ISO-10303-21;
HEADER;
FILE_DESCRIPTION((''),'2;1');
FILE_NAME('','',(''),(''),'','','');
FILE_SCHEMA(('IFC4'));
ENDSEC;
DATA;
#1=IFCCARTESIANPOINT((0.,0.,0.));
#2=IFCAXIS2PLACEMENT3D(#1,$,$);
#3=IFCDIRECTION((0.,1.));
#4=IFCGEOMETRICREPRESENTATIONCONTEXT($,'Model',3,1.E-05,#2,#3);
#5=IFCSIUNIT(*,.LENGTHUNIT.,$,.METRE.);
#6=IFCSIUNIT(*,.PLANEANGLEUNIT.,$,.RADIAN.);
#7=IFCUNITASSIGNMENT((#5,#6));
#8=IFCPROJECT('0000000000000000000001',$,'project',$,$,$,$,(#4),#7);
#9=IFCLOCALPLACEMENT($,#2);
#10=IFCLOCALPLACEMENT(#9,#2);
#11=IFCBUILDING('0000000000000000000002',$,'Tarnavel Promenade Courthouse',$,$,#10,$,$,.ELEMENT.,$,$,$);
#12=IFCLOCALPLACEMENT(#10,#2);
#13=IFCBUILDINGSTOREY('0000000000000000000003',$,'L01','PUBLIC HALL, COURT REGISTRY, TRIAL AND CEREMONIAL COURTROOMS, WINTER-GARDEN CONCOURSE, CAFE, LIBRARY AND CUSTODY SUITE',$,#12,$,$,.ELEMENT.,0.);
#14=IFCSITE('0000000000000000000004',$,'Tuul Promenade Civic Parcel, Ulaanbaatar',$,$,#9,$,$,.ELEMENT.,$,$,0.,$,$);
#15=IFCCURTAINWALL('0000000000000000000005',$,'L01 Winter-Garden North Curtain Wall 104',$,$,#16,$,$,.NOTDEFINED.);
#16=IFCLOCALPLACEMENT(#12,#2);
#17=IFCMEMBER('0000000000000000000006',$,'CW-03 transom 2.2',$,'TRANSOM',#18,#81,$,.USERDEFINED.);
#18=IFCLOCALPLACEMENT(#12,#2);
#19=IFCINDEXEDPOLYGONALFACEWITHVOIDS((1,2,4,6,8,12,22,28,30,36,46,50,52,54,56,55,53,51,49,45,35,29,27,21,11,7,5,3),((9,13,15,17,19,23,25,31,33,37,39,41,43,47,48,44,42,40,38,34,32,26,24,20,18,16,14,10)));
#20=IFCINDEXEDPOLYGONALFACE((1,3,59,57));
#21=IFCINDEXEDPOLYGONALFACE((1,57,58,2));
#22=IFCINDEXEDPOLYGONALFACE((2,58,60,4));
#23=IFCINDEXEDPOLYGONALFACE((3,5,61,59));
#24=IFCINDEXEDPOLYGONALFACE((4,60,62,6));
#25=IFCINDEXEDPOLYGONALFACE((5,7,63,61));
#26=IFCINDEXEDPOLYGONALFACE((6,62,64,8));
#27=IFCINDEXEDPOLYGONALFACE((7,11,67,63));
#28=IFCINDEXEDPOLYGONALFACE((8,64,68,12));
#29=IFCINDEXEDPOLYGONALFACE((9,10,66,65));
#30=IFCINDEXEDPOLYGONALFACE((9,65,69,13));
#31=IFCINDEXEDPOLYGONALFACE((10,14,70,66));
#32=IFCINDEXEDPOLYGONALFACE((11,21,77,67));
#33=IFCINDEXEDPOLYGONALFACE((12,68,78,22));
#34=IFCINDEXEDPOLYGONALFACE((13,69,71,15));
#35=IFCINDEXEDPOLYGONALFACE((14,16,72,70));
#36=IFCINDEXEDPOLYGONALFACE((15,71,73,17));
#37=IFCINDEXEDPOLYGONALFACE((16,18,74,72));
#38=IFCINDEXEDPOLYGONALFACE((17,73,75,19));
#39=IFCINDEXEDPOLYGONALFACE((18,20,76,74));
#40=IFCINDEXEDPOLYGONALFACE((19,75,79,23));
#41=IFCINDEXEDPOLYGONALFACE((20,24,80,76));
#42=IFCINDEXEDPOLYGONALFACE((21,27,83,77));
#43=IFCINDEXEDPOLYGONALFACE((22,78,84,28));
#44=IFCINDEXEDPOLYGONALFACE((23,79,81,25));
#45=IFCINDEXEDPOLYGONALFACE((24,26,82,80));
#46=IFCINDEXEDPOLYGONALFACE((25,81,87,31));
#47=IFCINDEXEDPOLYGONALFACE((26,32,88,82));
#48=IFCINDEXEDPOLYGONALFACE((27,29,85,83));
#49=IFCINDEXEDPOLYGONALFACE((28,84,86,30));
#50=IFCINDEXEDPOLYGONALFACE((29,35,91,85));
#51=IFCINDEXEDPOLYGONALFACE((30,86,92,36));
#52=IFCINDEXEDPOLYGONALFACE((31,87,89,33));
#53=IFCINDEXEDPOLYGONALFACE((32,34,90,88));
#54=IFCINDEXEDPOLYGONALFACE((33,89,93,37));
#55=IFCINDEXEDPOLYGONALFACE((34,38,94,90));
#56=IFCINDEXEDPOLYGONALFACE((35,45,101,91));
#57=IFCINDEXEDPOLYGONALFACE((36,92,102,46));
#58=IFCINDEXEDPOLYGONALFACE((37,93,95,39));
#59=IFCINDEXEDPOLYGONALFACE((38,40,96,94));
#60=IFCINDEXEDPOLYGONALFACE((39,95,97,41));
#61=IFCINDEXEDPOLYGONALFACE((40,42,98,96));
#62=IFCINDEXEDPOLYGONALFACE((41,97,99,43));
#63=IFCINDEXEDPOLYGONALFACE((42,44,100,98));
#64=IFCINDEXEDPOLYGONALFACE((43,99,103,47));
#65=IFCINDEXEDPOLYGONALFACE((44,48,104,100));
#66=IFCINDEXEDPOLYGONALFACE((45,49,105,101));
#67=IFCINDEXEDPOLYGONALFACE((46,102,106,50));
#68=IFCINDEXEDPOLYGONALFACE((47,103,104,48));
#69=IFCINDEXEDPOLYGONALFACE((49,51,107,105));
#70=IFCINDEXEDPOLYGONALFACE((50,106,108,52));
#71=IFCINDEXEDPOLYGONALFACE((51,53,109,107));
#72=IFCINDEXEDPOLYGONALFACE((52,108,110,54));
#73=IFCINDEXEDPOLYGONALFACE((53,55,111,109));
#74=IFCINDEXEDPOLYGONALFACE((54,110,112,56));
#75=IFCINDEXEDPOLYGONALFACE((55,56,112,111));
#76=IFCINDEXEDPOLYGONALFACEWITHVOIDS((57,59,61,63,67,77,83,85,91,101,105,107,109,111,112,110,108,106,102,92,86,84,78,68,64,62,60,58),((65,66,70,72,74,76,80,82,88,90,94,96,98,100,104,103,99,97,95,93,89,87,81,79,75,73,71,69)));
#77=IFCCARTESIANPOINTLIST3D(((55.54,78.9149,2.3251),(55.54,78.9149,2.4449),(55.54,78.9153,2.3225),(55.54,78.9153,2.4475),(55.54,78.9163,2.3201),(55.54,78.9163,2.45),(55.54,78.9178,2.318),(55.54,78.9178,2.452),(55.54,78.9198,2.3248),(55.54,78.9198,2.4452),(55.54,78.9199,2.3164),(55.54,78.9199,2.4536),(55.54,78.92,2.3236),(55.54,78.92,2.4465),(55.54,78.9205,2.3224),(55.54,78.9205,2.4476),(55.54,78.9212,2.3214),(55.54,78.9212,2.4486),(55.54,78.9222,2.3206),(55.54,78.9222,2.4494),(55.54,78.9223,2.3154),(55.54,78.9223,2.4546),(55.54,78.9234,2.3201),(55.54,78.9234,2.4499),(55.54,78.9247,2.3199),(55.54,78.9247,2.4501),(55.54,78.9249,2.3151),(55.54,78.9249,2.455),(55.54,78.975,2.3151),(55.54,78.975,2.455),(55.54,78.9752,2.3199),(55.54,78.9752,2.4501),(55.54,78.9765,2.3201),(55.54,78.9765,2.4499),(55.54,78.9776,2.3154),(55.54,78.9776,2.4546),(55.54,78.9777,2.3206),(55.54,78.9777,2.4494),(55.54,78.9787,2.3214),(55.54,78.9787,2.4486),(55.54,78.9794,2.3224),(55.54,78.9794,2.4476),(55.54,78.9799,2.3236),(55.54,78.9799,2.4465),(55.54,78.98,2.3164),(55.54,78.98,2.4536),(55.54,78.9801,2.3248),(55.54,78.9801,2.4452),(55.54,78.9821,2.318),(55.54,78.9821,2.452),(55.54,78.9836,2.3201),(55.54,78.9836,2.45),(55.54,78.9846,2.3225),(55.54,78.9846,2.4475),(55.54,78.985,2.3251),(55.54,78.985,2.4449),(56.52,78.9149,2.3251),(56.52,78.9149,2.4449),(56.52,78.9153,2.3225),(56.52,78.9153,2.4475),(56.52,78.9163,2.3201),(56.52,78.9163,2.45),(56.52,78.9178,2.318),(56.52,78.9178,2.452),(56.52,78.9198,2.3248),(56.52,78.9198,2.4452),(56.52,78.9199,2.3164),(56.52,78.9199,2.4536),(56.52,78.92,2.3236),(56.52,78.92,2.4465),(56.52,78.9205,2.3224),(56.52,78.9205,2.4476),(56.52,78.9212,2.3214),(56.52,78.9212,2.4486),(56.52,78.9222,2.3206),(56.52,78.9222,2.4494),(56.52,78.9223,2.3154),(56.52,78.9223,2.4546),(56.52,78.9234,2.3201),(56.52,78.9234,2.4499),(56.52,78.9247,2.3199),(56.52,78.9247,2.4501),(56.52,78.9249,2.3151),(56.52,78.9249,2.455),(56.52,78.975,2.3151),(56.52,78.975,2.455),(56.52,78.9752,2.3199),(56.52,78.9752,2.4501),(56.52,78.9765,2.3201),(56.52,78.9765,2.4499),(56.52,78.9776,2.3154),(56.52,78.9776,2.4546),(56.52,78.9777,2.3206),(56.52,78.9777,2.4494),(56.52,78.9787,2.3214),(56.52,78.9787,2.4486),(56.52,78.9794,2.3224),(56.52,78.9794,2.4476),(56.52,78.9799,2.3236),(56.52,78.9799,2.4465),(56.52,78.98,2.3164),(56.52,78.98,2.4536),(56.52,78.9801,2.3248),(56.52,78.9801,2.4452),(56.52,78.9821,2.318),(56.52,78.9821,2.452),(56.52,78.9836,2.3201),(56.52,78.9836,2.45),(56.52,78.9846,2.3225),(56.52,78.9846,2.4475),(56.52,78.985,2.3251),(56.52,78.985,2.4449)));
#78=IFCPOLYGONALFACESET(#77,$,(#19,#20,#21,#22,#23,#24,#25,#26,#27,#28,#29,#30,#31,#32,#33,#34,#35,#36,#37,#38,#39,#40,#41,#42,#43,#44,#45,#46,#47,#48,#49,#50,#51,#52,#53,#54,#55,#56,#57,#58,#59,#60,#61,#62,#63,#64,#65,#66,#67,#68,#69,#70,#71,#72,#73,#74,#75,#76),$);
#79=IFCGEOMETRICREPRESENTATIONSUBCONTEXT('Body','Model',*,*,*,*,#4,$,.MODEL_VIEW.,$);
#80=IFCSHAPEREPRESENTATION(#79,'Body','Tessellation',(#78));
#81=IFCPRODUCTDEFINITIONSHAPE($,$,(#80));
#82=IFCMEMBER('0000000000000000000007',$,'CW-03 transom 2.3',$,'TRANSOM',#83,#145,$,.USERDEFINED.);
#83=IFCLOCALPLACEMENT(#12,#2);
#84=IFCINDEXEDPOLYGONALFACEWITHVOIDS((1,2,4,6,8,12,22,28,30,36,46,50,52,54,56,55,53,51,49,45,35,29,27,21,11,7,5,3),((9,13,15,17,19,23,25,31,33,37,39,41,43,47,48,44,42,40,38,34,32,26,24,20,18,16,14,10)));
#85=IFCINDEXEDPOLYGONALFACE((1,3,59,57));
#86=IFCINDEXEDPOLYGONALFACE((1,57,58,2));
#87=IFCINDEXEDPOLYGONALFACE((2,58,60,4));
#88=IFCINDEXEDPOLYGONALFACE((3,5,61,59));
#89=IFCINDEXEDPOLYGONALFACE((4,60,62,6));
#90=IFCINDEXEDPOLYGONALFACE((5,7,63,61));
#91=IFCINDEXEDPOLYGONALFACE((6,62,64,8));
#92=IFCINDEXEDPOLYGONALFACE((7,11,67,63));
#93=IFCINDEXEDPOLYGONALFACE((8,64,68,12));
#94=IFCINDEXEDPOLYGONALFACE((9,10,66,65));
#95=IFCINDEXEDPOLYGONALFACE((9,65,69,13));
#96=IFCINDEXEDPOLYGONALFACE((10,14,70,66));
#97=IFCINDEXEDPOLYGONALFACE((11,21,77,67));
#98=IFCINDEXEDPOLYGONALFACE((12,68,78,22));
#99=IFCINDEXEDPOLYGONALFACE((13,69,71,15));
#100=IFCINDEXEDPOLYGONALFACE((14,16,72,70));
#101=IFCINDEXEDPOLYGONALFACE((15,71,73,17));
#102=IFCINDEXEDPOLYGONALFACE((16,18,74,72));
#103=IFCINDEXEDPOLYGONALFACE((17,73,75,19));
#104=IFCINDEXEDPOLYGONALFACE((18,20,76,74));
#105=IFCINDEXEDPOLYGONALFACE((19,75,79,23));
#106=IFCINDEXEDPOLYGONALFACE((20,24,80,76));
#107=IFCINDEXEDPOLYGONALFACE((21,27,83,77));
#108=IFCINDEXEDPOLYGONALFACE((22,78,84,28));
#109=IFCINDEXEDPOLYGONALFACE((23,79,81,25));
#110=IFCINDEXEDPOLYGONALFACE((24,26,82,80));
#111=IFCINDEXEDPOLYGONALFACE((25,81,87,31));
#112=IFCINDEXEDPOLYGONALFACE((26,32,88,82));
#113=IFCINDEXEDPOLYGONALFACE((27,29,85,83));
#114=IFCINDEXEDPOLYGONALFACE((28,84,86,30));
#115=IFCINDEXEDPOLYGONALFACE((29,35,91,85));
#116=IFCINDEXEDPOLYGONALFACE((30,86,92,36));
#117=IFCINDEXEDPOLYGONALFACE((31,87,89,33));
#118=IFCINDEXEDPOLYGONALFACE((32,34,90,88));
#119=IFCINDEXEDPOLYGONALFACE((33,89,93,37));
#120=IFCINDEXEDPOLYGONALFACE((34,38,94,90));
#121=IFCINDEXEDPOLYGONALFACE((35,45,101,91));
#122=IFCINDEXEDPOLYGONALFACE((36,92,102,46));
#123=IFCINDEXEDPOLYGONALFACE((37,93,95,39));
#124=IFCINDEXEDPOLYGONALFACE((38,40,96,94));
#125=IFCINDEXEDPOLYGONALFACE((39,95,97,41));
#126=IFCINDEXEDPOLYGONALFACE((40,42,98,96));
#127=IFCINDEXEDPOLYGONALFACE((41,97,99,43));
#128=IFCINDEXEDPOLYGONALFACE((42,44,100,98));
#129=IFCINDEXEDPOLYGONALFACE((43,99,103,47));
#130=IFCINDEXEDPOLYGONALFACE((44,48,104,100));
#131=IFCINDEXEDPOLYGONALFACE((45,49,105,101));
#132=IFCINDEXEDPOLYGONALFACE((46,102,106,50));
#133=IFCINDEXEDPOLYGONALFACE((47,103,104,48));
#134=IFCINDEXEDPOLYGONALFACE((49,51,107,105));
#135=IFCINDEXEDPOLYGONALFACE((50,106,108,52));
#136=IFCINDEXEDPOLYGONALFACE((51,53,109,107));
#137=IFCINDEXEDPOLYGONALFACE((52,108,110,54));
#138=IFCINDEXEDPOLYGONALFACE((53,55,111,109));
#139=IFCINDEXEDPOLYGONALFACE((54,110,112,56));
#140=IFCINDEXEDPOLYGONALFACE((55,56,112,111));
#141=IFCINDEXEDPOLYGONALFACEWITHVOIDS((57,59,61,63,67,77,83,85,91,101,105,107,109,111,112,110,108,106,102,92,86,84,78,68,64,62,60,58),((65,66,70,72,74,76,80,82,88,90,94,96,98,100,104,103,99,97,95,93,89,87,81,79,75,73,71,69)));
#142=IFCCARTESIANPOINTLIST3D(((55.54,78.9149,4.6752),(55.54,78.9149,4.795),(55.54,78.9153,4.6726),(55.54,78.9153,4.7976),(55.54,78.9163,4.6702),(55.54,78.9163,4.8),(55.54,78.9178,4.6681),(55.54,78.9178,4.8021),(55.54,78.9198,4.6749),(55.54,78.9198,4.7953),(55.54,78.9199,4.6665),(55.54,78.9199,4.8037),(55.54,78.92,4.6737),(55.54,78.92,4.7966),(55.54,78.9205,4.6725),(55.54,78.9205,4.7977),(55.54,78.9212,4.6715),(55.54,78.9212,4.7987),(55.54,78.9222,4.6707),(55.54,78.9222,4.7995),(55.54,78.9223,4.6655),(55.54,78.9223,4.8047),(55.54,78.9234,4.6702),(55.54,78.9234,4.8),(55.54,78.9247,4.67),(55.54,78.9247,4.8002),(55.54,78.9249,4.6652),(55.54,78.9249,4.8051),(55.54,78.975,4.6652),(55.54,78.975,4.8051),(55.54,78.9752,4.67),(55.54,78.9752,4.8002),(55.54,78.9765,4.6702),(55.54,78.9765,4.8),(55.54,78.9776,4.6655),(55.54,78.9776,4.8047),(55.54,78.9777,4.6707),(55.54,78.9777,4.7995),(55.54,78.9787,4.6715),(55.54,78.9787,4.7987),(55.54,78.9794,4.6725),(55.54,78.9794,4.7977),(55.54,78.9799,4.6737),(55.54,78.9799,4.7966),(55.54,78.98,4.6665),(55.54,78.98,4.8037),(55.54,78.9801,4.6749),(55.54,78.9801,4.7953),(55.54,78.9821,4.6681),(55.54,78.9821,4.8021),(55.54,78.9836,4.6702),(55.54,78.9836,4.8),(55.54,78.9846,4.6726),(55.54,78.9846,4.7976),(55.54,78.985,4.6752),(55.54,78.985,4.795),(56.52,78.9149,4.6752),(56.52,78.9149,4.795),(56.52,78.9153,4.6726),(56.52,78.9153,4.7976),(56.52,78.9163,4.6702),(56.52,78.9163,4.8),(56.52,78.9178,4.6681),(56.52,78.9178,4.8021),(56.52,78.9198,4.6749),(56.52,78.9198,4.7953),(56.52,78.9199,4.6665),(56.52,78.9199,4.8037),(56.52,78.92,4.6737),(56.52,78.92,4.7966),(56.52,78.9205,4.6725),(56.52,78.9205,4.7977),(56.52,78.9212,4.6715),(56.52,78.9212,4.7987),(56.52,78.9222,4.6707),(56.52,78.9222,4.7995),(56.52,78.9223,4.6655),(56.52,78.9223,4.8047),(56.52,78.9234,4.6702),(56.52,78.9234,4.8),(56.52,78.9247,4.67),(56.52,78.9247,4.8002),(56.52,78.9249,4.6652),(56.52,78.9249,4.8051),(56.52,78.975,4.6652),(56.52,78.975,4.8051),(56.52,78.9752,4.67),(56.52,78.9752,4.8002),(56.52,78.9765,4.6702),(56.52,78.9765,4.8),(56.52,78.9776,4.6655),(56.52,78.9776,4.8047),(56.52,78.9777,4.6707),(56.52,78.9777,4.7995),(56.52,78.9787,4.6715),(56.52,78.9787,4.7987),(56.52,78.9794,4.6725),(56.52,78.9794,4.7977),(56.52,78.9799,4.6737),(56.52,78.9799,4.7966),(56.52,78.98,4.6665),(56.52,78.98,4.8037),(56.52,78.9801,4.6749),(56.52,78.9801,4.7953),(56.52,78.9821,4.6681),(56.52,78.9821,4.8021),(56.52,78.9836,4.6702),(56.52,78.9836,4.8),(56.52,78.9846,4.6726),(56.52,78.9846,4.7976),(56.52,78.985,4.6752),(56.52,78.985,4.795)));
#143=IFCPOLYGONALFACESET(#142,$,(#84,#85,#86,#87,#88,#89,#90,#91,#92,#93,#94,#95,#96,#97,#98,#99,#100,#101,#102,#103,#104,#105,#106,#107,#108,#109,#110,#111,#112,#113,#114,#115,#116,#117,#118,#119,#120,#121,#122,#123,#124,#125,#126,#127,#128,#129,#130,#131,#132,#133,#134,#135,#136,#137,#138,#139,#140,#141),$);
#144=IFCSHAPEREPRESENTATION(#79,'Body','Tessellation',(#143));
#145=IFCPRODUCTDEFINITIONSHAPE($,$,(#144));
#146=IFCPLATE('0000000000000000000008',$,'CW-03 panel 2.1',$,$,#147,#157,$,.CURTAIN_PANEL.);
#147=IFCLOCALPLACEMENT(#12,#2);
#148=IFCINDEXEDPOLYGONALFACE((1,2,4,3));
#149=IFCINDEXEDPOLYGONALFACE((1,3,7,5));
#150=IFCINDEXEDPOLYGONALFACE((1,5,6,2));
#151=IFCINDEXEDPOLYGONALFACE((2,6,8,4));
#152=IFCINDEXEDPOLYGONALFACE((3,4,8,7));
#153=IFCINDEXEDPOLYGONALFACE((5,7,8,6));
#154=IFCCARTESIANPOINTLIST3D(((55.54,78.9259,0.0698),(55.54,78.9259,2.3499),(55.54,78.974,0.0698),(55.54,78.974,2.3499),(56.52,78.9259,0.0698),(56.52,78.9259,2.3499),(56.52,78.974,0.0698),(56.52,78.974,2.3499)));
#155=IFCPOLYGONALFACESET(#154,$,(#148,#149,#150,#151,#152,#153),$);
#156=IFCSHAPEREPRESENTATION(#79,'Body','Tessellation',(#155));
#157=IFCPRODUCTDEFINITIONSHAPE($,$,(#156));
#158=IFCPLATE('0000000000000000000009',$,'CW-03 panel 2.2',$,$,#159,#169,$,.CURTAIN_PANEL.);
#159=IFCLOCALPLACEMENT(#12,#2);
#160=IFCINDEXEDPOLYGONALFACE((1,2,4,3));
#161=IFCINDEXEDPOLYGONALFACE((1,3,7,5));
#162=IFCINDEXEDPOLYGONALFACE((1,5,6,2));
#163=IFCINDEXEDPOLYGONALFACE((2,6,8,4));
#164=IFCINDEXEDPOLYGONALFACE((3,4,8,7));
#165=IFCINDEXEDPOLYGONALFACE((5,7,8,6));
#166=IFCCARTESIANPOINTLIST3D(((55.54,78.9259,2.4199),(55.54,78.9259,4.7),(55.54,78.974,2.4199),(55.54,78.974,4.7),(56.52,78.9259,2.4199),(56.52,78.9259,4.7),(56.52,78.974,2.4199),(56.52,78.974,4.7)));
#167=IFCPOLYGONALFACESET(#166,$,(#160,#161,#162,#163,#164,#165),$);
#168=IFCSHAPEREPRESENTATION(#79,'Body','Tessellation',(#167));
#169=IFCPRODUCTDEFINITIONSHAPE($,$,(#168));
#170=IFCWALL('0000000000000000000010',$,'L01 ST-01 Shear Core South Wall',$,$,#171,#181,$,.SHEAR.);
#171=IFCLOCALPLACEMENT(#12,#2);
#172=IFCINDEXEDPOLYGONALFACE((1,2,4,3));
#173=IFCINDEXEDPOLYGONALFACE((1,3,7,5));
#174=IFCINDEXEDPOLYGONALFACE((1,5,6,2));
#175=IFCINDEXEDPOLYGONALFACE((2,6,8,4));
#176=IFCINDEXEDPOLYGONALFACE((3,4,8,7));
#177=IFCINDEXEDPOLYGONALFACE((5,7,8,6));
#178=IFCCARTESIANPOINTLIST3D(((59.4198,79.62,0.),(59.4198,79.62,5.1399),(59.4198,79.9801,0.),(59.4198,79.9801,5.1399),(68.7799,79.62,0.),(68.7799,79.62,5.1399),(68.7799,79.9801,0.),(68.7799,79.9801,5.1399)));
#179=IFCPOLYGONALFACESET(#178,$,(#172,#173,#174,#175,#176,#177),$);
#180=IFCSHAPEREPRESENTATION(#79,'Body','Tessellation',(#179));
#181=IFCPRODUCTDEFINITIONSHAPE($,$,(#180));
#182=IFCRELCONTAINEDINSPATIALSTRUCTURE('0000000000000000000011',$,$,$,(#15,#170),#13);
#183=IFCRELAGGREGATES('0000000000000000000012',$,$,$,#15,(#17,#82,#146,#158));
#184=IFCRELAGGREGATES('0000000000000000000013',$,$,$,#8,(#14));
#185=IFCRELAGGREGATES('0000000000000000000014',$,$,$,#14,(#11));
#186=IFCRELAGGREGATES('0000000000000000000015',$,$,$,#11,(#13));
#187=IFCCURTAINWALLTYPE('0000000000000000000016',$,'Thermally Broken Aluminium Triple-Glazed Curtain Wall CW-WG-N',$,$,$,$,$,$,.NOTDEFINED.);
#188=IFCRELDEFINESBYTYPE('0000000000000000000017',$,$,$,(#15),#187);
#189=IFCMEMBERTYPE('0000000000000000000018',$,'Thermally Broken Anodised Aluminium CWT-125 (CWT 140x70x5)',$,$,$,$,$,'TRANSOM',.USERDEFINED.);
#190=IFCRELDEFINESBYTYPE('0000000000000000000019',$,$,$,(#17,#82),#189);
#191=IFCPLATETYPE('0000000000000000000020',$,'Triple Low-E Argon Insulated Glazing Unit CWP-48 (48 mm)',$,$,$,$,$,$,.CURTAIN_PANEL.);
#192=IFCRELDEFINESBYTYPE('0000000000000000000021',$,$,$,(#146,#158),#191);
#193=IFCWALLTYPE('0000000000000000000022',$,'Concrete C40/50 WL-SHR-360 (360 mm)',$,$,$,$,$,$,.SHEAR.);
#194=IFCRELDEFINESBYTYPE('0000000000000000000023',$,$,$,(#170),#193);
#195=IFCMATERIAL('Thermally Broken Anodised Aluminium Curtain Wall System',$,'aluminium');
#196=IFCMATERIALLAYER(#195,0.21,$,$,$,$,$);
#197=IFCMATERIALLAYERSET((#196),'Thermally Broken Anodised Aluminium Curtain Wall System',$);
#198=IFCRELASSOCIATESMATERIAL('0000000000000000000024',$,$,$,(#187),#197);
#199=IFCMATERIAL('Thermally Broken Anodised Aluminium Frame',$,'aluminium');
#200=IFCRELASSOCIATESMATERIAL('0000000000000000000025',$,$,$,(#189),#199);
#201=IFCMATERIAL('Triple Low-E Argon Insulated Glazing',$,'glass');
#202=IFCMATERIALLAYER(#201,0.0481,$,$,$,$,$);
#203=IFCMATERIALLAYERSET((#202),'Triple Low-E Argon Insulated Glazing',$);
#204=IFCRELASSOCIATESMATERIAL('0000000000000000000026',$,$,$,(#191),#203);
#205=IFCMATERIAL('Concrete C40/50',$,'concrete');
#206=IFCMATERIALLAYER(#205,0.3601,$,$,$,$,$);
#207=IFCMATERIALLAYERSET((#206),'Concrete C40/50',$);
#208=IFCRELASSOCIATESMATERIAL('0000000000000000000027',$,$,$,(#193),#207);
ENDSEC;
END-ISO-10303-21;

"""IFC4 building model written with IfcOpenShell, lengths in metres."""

from ifc_helpers import new_model, si_unit, direction, frame, frame_2d, origin, origin_2d, place, context, subcontext, project, spatial, rectangle, hollow_rectangle, extrude, material, layer, layer_set, material_profile, profile_set, type_object, element, aggregate, save


model = new_model("IFC4")

# Units and contexts
model_context = context("Model", 3, precision=1e-05, world=origin(), true_north=direction((0.0, 1.0)))
body_context = subcontext(model_context, "Body", "Model", "MODEL_VIEW")
ifc_project = project(units=[si_unit("LENGTHUNIT", "METRE"), si_unit("PLANEANGLEUNIT", "RADIAN")], contexts=[model_context])

# Site, building, storey
site_placement = place(None, origin())
site = spatial("IfcSite", under=ifc_project, at=site_placement, Name="Tuul Promenade Civic Parcel, Ulaanbaatar", CompositionType="ELEMENT", RefElevation=0.0)
building_placement = place(site_placement, origin())
building = spatial("IfcBuilding", under=site, at=building_placement, Name="Tarnavel Promenade Courthouse", CompositionType="ELEMENT")
storey_placement = place(building_placement, origin())
storey = spatial("IfcBuildingStorey", under=building, at=storey_placement, Name="L01", Description="PUBLIC HALL, COURT REGISTRY, TRIAL AND CEREMONIAL COURTROOMS, WINTER-GARDEN CONCOURSE, CAFE, LIBRARY AND CUSTODY SUITE", CompositionType="ELEMENT", Elevation=0.0)

# Shared definitions
ifc_material_1 = material(Name="Concrete C40/50", Category="concrete")

# Curtain wall, members, plates
ifc_material_2 = material(Name="Thermally Broken Anodised Aluminium Curtain Wall System", Category="aluminium")
ifc_layer_1 = layer(ifc_material_2, 0.21)
ifc_layer_set_1 = layer_set([ifc_layer_1], Name="Thermally Broken Anodised Aluminium Curtain Wall System")
curtain_wall_type = type_object("IfcCurtainWallType", Name="Thermally Broken Aluminium Triple-Glazed Curtain Wall CW-WG-N", PredefinedType="NOTDEFINED", material=ifc_layer_set_1)
curtain_wall_placement = place(storey_placement, origin())
curtain_wall = element("IfcCurtainWall", 1, at=curtain_wall_placement, inside=storey, type_object=curtain_wall_type, Name="L01 Winter-Garden North Curtain Wall 104", PredefinedType="NOTDEFINED")
ifc_material_3 = material(Name="Thermally Broken Anodised Aluminium Frame", Category="aluminium")
ifc_material_profile_1 = material_profile(ifc_material_3, hollow_rectangle(XDim=0.0701, YDim=0.1399, WallThickness=0.0049, InnerFilletRadius=0.0049, OuterFilletRadius=0.01, at=origin_2d()), Name="CWT 140x70x5")
ifc_profile_set_1 = profile_set([ifc_material_profile_1], Name="Thermally Broken Anodised Aluminium Frame")
member_type_1 = type_object("IfcMemberType", Name="Thermally Broken Anodised Aluminium CWT-125 (CWT 140x70x5)", ElementType="TRANSOM", PredefinedType="USERDEFINED", material=ifc_profile_set_1)
member_1_placement = place(storey_placement, frame((55.54, 78.95, 2.385), z_axis=(1.0, 0.0, 0.0), x_axis=(0.0, 1.0, 0.0)))
member_1 = element("IfcMember", 2, at=member_1_placement, type_object=member_type_1, Name="CW-03 transom 2.2", ObjectType="TRANSOM", PredefinedType="USERDEFINED", context=body_context, shape_type="SweptSolid", body=[
    extrude(hollow_rectangle(XDim=0.0701, YDim=0.1399, WallThickness=0.0049, InnerFilletRadius=0.0049, OuterFilletRadius=0.01, at=origin_2d()), origin(), (0.0, 0.0, 1.0), 0.98),
])
member_2_placement = place(storey_placement, frame((55.54, 78.95, 4.7351), z_axis=(1.0, 0.0, 0.0), x_axis=(0.0, 1.0, 0.0)))
member_2 = element("IfcMember", 3, at=member_2_placement, type_object=member_type_1, Name="CW-03 transom 2.3", ObjectType="TRANSOM", PredefinedType="USERDEFINED", context=body_context, shape_type="SweptSolid", body=[
    extrude(hollow_rectangle(XDim=0.0701, YDim=0.1399, WallThickness=0.0049, InnerFilletRadius=0.0049, OuterFilletRadius=0.01, at=origin_2d()), origin(), (0.0, 0.0, 1.0), 0.98),
])
ifc_material_4 = material(Name="Triple Low-E Argon Insulated Glazing", Category="glass")
ifc_layer_2 = layer(ifc_material_4, 0.0481)
ifc_layer_set_2 = layer_set([ifc_layer_2], Name="Triple Low-E Argon Insulated Glazing")
plate_type = type_object("IfcPlateType", Name="Triple Low-E Argon Insulated Glazing Unit CWP-48 (48 mm)", PredefinedType="CURTAIN_PANEL", material=ifc_layer_set_2)
plate_1_placement = place(storey_placement, frame((56.03, 78.95, 0.0698), z_axis=(0.0, 0.0, 1.0), x_axis=(1.0, 0.0, 0.0)))
plate_1 = element("IfcPlate", 4, at=plate_1_placement, type_object=plate_type, Name="CW-03 panel 2.1", PredefinedType="CURTAIN_PANEL", context=body_context, shape_type="SweptSolid", body=[
    extrude(rectangle(XDim=0.98, YDim=0.0481, at=origin_2d()), origin(), (0.0, 0.0, 1.0), 2.28),
])
plate_2_placement = place(storey_placement, frame((56.03, 78.95, 2.4199), z_axis=(0.0, 0.0, 1.0), x_axis=(1.0, 0.0, 0.0)))
plate_2 = element("IfcPlate", 5, at=plate_2_placement, type_object=plate_type, Name="CW-03 panel 2.2", PredefinedType="CURTAIN_PANEL", context=body_context, shape_type="SweptSolid", body=[
    extrude(rectangle(XDim=0.98, YDim=0.0481, at=origin_2d()), origin(), (0.0, 0.0, 1.0), 2.28),
])
aggregate(curtain_wall, [member_1, member_2, plate_1, plate_2])

# Wall
ifc_layer_3 = layer(ifc_material_1, 0.3601)
ifc_layer_set_3 = layer_set([ifc_layer_3], Name="Concrete C40/50")
wall_type_1 = type_object("IfcWallType", Name="Concrete C40/50 WL-SHR-360 (360 mm)", PredefinedType="SHEAR", material=ifc_layer_set_3)
wall_1_placement = place(storey_placement, frame((68.78, 79.8, 0.0), z_axis=(0.0, 0.0, 1.0), x_axis=(-1.0, 0.0, 0.0)))
element("IfcWall", 6, at=wall_1_placement, inside=storey, type_object=wall_type_1, Name="L01 ST-01 Shear Core South Wall", PredefinedType="SHEAR", context=body_context, shape_type="SweptSolid", body=[
    extrude(rectangle(XDim=9.3601, YDim=0.3601, at=frame_2d((4.6802, 0.0))), origin(), (0.0, 0.0, 1.0), 5.1399),
])

save(model, "model.ifc")
